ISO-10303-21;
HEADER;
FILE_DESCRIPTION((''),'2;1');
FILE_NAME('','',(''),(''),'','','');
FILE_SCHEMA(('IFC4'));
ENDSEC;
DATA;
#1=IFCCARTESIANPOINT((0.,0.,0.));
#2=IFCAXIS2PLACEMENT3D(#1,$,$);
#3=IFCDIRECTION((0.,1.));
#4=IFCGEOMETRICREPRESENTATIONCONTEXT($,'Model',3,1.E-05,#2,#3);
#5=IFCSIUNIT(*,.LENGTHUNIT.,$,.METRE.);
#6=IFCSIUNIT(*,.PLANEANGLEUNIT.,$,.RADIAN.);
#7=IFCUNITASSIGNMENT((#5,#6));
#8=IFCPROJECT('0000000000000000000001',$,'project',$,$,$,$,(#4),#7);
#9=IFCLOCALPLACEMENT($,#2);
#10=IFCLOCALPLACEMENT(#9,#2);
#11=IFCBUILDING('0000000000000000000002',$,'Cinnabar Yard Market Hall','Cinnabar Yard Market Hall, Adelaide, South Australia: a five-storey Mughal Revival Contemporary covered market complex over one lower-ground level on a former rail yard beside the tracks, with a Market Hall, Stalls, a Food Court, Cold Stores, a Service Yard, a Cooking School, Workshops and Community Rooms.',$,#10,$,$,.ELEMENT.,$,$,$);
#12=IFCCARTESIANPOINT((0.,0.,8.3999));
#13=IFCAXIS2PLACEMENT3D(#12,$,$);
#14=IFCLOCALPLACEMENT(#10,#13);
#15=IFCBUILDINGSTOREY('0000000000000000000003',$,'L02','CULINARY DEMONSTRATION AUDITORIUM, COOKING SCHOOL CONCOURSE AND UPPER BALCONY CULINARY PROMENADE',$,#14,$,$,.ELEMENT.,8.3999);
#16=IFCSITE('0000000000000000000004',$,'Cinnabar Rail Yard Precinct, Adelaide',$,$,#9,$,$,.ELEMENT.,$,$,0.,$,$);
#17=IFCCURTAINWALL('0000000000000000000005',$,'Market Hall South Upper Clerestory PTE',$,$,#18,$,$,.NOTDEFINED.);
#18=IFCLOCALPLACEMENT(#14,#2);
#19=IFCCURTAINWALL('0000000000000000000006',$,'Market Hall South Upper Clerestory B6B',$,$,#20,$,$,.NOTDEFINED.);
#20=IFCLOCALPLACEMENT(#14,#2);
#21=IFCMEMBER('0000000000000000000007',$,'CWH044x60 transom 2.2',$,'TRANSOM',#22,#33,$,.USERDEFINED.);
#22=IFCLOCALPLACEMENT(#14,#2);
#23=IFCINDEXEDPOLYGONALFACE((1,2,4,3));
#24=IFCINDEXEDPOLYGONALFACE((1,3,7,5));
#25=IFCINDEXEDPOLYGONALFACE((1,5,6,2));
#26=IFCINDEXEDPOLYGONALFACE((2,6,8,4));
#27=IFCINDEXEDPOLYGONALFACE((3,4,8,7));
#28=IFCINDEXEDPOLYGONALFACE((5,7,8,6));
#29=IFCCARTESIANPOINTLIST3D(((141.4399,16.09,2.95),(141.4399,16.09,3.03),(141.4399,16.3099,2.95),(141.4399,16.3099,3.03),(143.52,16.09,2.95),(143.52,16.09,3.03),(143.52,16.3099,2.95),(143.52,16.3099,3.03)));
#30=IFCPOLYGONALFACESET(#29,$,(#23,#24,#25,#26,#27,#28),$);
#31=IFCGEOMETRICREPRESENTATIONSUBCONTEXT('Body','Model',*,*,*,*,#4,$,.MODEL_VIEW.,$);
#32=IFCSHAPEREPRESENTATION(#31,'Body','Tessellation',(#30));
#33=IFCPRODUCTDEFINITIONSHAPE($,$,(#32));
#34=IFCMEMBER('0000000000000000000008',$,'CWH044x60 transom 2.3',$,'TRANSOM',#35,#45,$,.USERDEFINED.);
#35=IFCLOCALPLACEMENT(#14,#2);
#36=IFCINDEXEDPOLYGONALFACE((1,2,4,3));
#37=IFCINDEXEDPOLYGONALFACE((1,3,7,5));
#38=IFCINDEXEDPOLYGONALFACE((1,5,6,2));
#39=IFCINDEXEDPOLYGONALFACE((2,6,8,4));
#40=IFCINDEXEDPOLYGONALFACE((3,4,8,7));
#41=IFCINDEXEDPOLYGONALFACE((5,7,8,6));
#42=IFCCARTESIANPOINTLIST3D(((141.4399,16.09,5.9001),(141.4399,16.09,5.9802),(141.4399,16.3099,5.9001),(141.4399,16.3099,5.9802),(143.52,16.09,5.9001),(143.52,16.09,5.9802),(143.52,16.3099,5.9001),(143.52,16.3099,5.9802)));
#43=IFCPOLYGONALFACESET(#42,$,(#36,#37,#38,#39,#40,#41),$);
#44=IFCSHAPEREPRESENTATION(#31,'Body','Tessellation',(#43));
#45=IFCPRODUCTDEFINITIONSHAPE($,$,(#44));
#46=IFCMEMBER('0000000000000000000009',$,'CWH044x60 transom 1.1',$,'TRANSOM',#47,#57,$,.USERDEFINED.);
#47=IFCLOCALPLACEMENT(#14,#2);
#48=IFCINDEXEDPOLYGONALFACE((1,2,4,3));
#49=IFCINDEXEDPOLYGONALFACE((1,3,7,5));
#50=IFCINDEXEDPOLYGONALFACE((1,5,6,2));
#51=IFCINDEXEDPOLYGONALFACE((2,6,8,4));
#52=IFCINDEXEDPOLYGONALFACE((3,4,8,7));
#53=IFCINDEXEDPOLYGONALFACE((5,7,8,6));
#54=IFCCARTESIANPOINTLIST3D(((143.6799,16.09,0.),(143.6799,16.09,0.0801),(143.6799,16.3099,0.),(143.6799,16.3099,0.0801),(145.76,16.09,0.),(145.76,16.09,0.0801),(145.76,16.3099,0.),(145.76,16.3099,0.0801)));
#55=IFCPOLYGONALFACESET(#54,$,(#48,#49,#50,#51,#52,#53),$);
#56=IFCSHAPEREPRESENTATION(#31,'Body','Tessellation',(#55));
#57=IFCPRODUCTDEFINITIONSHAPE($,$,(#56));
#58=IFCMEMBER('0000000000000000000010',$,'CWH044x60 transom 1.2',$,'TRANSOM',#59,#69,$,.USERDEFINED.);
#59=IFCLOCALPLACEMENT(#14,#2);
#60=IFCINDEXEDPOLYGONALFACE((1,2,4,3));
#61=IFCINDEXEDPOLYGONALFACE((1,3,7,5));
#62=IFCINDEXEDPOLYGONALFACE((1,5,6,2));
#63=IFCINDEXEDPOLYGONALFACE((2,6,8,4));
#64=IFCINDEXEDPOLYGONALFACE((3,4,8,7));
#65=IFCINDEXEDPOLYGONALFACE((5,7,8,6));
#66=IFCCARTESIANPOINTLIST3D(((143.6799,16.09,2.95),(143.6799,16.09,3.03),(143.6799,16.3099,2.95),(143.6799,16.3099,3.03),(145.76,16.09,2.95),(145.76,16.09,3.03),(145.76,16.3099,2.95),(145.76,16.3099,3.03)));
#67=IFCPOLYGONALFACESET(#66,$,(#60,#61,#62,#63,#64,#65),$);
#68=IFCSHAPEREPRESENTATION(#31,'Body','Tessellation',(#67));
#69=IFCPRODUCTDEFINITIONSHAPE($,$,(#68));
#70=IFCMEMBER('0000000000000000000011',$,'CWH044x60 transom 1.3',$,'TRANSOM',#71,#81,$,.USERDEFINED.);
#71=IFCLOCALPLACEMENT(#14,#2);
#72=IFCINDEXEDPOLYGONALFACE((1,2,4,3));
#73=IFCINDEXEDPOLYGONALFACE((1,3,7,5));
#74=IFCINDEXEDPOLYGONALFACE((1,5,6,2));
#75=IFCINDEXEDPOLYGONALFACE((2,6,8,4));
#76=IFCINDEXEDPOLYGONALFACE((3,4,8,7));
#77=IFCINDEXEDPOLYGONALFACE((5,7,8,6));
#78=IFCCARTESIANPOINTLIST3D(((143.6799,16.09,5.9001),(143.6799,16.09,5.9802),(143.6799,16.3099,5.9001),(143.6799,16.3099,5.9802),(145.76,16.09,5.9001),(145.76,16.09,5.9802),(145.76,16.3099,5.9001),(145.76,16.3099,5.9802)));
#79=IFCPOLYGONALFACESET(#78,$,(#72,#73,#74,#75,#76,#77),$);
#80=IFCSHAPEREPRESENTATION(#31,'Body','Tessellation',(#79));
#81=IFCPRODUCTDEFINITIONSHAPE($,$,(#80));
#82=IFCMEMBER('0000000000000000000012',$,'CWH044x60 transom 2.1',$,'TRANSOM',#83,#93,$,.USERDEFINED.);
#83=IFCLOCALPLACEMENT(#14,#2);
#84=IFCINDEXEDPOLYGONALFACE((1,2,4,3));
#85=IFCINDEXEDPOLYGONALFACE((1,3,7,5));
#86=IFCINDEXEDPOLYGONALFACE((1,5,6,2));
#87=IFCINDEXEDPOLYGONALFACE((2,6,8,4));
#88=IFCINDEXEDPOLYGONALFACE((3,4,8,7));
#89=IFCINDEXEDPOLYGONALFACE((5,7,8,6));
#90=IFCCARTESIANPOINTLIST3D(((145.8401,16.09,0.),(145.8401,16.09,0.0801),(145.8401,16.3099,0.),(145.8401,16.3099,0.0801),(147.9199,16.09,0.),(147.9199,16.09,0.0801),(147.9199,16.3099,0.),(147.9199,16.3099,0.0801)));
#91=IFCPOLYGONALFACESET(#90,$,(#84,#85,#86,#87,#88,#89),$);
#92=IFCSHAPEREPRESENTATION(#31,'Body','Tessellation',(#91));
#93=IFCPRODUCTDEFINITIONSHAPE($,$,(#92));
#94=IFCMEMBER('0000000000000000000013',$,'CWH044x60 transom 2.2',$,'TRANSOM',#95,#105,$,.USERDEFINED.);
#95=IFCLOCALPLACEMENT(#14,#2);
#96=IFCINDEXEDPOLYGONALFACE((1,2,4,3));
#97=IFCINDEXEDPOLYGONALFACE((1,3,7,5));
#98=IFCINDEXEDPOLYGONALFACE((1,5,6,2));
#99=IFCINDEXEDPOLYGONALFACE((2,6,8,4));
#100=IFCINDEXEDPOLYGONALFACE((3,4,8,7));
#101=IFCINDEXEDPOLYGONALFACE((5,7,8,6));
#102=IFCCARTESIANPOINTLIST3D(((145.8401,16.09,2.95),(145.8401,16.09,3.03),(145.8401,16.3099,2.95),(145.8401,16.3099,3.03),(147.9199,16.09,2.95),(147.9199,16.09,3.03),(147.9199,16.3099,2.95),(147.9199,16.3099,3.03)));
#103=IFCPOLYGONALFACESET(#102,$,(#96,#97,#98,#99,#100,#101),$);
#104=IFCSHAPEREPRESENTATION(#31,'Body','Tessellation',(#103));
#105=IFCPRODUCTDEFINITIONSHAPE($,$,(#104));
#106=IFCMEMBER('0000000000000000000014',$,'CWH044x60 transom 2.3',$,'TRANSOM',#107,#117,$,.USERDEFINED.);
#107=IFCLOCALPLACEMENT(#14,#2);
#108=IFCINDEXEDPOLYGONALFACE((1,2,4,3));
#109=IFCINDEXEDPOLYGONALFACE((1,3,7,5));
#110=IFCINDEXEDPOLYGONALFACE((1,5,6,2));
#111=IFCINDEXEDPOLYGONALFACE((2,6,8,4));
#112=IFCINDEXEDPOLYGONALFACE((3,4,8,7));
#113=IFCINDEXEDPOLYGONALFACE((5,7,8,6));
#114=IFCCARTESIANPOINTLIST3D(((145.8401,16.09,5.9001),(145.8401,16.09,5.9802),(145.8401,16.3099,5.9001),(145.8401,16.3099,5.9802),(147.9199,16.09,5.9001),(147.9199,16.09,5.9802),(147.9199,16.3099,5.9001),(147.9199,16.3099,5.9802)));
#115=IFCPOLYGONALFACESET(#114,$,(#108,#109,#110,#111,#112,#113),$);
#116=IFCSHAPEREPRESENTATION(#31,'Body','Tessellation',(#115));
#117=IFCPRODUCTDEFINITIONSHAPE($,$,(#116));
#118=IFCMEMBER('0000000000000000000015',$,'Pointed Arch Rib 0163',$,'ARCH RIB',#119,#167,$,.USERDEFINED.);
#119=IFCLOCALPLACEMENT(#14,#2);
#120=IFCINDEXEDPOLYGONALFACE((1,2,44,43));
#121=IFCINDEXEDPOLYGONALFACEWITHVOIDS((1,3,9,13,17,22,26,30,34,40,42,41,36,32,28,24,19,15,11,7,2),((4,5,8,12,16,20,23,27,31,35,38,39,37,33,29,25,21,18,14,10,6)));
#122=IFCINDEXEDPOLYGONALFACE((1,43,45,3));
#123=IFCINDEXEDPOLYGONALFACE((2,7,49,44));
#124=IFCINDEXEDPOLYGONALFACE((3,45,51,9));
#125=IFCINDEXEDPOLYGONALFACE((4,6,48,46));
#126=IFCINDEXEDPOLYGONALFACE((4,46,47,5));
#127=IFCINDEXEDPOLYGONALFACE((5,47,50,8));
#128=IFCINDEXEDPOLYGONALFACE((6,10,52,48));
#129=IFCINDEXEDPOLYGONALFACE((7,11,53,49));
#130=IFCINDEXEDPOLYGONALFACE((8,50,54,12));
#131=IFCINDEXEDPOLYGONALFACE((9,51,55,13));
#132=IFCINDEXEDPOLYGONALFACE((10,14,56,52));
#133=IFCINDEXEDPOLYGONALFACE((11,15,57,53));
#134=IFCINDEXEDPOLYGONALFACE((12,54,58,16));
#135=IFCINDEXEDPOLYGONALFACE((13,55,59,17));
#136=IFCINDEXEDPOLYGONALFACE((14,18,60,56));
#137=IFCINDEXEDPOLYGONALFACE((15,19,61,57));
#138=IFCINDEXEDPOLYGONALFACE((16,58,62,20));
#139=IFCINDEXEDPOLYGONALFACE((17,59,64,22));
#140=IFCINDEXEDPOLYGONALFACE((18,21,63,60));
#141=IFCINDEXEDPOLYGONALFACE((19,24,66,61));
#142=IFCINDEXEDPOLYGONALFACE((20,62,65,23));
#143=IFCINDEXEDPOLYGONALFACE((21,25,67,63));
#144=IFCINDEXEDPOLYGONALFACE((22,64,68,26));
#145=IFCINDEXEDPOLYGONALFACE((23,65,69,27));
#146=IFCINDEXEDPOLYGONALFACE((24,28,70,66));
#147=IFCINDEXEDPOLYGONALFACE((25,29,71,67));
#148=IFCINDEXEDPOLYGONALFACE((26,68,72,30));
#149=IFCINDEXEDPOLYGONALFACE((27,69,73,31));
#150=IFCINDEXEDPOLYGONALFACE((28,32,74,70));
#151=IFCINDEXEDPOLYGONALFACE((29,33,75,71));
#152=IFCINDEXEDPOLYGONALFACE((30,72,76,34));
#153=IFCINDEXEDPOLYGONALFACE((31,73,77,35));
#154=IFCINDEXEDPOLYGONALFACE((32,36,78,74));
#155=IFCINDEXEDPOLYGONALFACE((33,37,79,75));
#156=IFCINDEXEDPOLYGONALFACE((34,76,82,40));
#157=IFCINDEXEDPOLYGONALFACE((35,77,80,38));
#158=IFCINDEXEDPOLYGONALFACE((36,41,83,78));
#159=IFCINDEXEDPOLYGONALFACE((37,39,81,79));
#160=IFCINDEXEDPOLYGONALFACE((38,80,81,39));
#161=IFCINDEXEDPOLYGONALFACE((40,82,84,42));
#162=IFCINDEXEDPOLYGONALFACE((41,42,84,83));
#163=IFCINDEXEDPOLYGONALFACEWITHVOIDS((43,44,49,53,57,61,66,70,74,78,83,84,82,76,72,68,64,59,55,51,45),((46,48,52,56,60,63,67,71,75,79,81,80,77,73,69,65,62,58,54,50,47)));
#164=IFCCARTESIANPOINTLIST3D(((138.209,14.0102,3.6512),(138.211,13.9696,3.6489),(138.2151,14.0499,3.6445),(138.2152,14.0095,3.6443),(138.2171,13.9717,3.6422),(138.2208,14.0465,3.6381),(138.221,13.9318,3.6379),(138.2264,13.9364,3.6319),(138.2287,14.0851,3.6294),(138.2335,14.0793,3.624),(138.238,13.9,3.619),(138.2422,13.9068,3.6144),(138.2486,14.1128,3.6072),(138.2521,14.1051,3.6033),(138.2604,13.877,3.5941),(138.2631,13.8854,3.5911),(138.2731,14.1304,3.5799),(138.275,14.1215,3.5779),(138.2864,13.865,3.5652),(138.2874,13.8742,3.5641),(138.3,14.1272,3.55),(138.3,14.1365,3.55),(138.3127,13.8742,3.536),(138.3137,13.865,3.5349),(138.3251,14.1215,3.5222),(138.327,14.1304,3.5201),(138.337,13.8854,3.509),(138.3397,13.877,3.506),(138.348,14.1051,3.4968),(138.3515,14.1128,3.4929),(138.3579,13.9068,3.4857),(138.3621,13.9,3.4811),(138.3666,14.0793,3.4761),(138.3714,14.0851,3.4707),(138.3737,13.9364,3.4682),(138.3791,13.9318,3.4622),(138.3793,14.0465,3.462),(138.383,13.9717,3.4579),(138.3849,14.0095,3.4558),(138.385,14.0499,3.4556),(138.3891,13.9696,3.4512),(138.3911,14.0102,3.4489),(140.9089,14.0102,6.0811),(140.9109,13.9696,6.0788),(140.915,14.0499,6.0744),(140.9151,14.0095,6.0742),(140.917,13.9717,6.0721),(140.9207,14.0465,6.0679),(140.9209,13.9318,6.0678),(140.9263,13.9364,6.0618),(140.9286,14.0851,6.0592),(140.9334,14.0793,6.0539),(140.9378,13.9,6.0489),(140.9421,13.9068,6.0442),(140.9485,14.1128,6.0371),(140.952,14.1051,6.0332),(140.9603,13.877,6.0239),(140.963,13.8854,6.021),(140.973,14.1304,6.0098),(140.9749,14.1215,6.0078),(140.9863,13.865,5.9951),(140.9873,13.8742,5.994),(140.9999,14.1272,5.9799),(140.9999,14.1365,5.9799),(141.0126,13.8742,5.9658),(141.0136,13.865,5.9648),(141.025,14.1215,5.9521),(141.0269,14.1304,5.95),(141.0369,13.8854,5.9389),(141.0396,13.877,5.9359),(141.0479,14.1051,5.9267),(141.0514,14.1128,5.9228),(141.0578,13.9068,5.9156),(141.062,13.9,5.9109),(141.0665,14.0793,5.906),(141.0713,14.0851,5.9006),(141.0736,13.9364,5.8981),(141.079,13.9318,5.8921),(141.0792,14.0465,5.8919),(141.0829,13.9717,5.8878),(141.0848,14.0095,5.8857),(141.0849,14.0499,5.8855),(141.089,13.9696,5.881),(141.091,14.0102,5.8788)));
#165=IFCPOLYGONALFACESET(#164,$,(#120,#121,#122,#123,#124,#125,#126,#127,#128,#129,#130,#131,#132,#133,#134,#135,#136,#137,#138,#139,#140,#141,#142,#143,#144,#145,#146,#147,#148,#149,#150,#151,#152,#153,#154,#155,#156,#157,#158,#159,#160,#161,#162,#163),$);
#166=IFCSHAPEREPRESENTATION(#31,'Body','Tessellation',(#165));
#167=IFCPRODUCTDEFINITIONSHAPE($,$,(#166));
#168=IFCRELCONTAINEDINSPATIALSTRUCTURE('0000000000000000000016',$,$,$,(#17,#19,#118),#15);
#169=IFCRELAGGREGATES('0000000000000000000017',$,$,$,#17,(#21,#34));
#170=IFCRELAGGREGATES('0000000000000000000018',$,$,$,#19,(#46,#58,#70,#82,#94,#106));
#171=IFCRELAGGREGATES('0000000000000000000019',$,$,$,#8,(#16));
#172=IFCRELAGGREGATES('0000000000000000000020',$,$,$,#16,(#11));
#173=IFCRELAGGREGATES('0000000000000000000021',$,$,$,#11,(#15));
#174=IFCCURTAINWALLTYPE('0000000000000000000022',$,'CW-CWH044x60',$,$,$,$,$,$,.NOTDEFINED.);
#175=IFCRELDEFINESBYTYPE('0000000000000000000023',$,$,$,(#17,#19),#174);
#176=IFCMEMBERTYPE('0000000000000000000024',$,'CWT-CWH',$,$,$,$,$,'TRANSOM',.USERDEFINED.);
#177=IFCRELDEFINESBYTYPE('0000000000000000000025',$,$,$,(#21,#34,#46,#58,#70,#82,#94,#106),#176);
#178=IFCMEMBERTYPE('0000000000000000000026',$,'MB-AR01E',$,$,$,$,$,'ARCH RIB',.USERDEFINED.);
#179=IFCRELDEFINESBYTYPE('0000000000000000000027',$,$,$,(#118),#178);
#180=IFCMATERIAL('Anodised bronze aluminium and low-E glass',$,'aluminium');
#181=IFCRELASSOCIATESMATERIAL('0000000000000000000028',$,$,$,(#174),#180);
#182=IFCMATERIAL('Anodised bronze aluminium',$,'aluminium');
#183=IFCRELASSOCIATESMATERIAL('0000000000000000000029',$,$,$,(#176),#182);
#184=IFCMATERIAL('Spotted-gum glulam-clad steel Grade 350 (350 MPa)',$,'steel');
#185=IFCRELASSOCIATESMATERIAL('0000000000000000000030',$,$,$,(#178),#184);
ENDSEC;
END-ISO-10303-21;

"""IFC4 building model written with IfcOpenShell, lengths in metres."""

from ifc_helpers import new_model, si_unit, direction, frame, origin, origin_2d_with_axis, place, context, subcontext, project, spatial, rectangle, hollow_circle, extrude, material, material_profile, profile_set, type_object, element, aggregate, save


model = new_model("IFC4")

# Units and contexts
model_context = context("Model", 3, precision=1e-05, world=origin(), true_north=direction((0.0, 1.0)))
body_context = subcontext(model_context, "Body", "Model", "MODEL_VIEW")
ifc_project = project(units=[si_unit("LENGTHUNIT", "METRE"), si_unit("PLANEANGLEUNIT", "RADIAN")], contexts=[model_context])

# Site, building, storey
site_placement = place(None, origin())
site = spatial("IfcSite", under=ifc_project, at=site_placement, Name="Cinnabar Rail Yard Precinct, Adelaide", CompositionType="ELEMENT", RefElevation=0.0)
building_placement = place(site_placement, origin())
building = spatial("IfcBuilding", under=site, at=building_placement, Name="Cinnabar Yard Market Hall", Description="Cinnabar Yard Market Hall, Adelaide, South Australia: a five-storey Mughal Revival Contemporary covered market complex over one lower-ground level on a former rail yard beside the tracks, with a Market Hall, Stalls, a Food Court, Cold Stores, a Service Yard, a Cooking School, Workshops and Community Rooms.", CompositionType="ELEMENT")
storey_placement = place(building_placement, frame((0.0, 0.0, 8.3999)))
storey = spatial("IfcBuildingStorey", under=building, at=storey_placement, Name="L02", Description="CULINARY DEMONSTRATION AUDITORIUM, COOKING SCHOOL CONCOURSE AND UPPER BALCONY CULINARY PROMENADE", CompositionType="ELEMENT", Elevation=8.3999)

# Shared definitions
ifc_material_1 = material(Name="Spotted-gum glulam-clad steel Grade 350 (350 MPa)", Category="steel")

# Shared definitions
ifc_material_2 = material(Name="Anodised bronze aluminium and low-E glass", Category="aluminium")
ifc_material_3 = material(Name="Anodised bronze aluminium", Category="aluminium")

# Curtain walls
curtain_wall_type_1 = type_object("IfcCurtainWallType", Name="CW-CWH044x60", PredefinedType="NOTDEFINED", material=ifc_material_2)
curtain_wall_1_placement = place(storey_placement, origin())
curtain_wall_1 = element("IfcCurtainWall", 1, at=curtain_wall_1_placement, inside=storey, type_object=curtain_wall_type_1, Name="Market Hall South Upper Clerestory PTE", PredefinedType="NOTDEFINED")
curtain_wall_2_placement = place(storey_placement, origin())
curtain_wall_2 = element("IfcCurtainWall", 2, at=curtain_wall_2_placement, inside=storey, type_object=curtain_wall_type_1, Name="Market Hall South Upper Clerestory B6B", PredefinedType="NOTDEFINED")

# Members
ifc_material_profile_1 = material_profile(ifc_material_3, rectangle(XDim=0.22, YDim=0.0801, at=origin_2d_with_axis()), Name="TRN-CWH")
ifc_profile_set_1 = profile_set([ifc_material_profile_1], Name="Anodised bronze aluminium")
member_type_1 = type_object("IfcMemberType", Name="CWT-CWH", ElementType="TRANSOM", PredefinedType="USERDEFINED", material=ifc_profile_set_1)
member_1_placement = place(storey_placement, frame((141.4399, 16.2, 2.99), z_axis=(1.0, 0.0, 0.0), x_axis=(0.0, 1.0, 0.0)))
member_1 = element("IfcMember", 3, at=member_1_placement, type_object=member_type_1, Name="CWH044x60 transom 2.2", ObjectType="TRANSOM", PredefinedType="USERDEFINED", context=body_context, shape_type="SweptSolid", body=[
    extrude(rectangle(XDim=0.22, YDim=0.0801, at=origin_2d_with_axis()), origin(), (0.0, 0.0, 1.0), 2.0801),
])
member_2_placement = place(storey_placement, frame((141.4399, 16.2, 5.9402), z_axis=(1.0, 0.0, 0.0), x_axis=(0.0, 1.0, 0.0)))
member_2 = element("IfcMember", 4, at=member_2_placement, type_object=member_type_1, Name="CWH044x60 transom 2.3", ObjectType="TRANSOM", PredefinedType="USERDEFINED", context=body_context, shape_type="SweptSolid", body=[
    extrude(rectangle(XDim=0.22, YDim=0.0801, at=origin_2d_with_axis()), origin(), (0.0, 0.0, 1.0), 2.0801),
])
member_3_placement = place(storey_placement, frame((143.6799, 16.2, 0.04), z_axis=(1.0, 0.0, 0.0), x_axis=(0.0, 1.0, 0.0)))
member_3 = element("IfcMember", 5, at=member_3_placement, type_object=member_type_1, Name="CWH044x60 transom 1.1", ObjectType="TRANSOM", PredefinedType="USERDEFINED", context=body_context, shape_type="SweptSolid", body=[
    extrude(rectangle(XDim=0.22, YDim=0.0801, at=origin_2d_with_axis()), origin(), (0.0, 0.0, 1.0), 2.0801),
])
member_4_placement = place(storey_placement, frame((143.6799, 16.2, 2.99), z_axis=(1.0, 0.0, 0.0), x_axis=(0.0, 1.0, 0.0)))
member_4 = element("IfcMember", 6, at=member_4_placement, type_object=member_type_1, Name="CWH044x60 transom 1.2", ObjectType="TRANSOM", PredefinedType="USERDEFINED", context=body_context, shape_type="SweptSolid", body=[
    extrude(rectangle(XDim=0.22, YDim=0.0801, at=origin_2d_with_axis()), origin(), (0.0, 0.0, 1.0), 2.0801),
])
member_5_placement = place(storey_placement, frame((143.6799, 16.2, 5.9402), z_axis=(1.0, 0.0, 0.0), x_axis=(0.0, 1.0, 0.0)))
member_5 = element("IfcMember", 7, at=member_5_placement, type_object=member_type_1, Name="CWH044x60 transom 1.3", ObjectType="TRANSOM", PredefinedType="USERDEFINED", context=body_context, shape_type="SweptSolid", body=[
    extrude(rectangle(XDim=0.22, YDim=0.0801, at=origin_2d_with_axis()), origin(), (0.0, 0.0, 1.0), 2.0801),
])
member_6_placement = place(storey_placement, frame((145.8401, 16.2, 0.04), z_axis=(1.0, 0.0, 0.0), x_axis=(0.0, 1.0, 0.0)))
member_6 = element("IfcMember", 8, at=member_6_placement, type_object=member_type_1, Name="CWH044x60 transom 2.1", ObjectType="TRANSOM", PredefinedType="USERDEFINED", context=body_context, shape_type="SweptSolid", body=[
    extrude(rectangle(XDim=0.22, YDim=0.0801, at=origin_2d_with_axis()), origin(), (0.0, 0.0, 1.0), 2.0798),
])
member_7_placement = place(storey_placement, frame((145.8401, 16.2, 2.99), z_axis=(1.0, 0.0, 0.0), x_axis=(0.0, 1.0, 0.0)))
member_7 = element("IfcMember", 9, at=member_7_placement, type_object=member_type_1, Name="CWH044x60 transom 2.2", ObjectType="TRANSOM", PredefinedType="USERDEFINED", context=body_context, shape_type="SweptSolid", body=[
    extrude(rectangle(XDim=0.22, YDim=0.0801, at=origin_2d_with_axis()), origin(), (0.0, 0.0, 1.0), 2.0798),
])
member_8_placement = place(storey_placement, frame((145.8401, 16.2, 5.9402), z_axis=(1.0, 0.0, 0.0), x_axis=(0.0, 1.0, 0.0)))
member_8 = element("IfcMember", 10, at=member_8_placement, type_object=member_type_1, Name="CWH044x60 transom 2.3", ObjectType="TRANSOM", PredefinedType="USERDEFINED", context=body_context, shape_type="SweptSolid", body=[
    extrude(rectangle(XDim=0.22, YDim=0.0801, at=origin_2d_with_axis()), origin(), (0.0, 0.0, 1.0), 2.0798),
])

# Member
ifc_material_profile_2 = material_profile(ifc_material_1, hollow_circle(Radius=0.1365, WallThickness=0.0093, at=origin_2d_with_axis()), Name="273.1x9.3CHS")
ifc_profile_set_2 = profile_set([ifc_material_profile_2], Name="Spotted-gum glulam-clad steel Grade 350 (350 MPa)")
member_type_2 = type_object("IfcMemberType", Name="MB-AR01E", ElementType="ARCH RIB", PredefinedType="USERDEFINED", material=ifc_profile_set_2)
for number, where, z_axis, x_axis, name in (
    (11, (138.3, 14.0, 3.55), (0.743297, 0.0, 0.668961), (0.0, 1.0, 0.0), "Pointed Arch Rib 0163"),
):
    element("IfcMember", number, at=place(storey_placement, frame(where, z_axis=z_axis, x_axis=x_axis)), inside=storey, type_object=member_type_2, Name=name, ObjectType="ARCH RIB", PredefinedType="USERDEFINED", context=body_context, shape_type="SweptSolid", body=[
        extrude(hollow_circle(Radius=0.1365, WallThickness=0.0093, at=origin_2d_with_axis()), origin(), (0.0, 0.0, 1.0), 3.6323),
    ])

aggregate(curtain_wall_1, [member_1, member_2])
aggregate(curtain_wall_2, [member_3, member_4, member_5, member_6, member_7, member_8])

save(model, "model.ifc")
